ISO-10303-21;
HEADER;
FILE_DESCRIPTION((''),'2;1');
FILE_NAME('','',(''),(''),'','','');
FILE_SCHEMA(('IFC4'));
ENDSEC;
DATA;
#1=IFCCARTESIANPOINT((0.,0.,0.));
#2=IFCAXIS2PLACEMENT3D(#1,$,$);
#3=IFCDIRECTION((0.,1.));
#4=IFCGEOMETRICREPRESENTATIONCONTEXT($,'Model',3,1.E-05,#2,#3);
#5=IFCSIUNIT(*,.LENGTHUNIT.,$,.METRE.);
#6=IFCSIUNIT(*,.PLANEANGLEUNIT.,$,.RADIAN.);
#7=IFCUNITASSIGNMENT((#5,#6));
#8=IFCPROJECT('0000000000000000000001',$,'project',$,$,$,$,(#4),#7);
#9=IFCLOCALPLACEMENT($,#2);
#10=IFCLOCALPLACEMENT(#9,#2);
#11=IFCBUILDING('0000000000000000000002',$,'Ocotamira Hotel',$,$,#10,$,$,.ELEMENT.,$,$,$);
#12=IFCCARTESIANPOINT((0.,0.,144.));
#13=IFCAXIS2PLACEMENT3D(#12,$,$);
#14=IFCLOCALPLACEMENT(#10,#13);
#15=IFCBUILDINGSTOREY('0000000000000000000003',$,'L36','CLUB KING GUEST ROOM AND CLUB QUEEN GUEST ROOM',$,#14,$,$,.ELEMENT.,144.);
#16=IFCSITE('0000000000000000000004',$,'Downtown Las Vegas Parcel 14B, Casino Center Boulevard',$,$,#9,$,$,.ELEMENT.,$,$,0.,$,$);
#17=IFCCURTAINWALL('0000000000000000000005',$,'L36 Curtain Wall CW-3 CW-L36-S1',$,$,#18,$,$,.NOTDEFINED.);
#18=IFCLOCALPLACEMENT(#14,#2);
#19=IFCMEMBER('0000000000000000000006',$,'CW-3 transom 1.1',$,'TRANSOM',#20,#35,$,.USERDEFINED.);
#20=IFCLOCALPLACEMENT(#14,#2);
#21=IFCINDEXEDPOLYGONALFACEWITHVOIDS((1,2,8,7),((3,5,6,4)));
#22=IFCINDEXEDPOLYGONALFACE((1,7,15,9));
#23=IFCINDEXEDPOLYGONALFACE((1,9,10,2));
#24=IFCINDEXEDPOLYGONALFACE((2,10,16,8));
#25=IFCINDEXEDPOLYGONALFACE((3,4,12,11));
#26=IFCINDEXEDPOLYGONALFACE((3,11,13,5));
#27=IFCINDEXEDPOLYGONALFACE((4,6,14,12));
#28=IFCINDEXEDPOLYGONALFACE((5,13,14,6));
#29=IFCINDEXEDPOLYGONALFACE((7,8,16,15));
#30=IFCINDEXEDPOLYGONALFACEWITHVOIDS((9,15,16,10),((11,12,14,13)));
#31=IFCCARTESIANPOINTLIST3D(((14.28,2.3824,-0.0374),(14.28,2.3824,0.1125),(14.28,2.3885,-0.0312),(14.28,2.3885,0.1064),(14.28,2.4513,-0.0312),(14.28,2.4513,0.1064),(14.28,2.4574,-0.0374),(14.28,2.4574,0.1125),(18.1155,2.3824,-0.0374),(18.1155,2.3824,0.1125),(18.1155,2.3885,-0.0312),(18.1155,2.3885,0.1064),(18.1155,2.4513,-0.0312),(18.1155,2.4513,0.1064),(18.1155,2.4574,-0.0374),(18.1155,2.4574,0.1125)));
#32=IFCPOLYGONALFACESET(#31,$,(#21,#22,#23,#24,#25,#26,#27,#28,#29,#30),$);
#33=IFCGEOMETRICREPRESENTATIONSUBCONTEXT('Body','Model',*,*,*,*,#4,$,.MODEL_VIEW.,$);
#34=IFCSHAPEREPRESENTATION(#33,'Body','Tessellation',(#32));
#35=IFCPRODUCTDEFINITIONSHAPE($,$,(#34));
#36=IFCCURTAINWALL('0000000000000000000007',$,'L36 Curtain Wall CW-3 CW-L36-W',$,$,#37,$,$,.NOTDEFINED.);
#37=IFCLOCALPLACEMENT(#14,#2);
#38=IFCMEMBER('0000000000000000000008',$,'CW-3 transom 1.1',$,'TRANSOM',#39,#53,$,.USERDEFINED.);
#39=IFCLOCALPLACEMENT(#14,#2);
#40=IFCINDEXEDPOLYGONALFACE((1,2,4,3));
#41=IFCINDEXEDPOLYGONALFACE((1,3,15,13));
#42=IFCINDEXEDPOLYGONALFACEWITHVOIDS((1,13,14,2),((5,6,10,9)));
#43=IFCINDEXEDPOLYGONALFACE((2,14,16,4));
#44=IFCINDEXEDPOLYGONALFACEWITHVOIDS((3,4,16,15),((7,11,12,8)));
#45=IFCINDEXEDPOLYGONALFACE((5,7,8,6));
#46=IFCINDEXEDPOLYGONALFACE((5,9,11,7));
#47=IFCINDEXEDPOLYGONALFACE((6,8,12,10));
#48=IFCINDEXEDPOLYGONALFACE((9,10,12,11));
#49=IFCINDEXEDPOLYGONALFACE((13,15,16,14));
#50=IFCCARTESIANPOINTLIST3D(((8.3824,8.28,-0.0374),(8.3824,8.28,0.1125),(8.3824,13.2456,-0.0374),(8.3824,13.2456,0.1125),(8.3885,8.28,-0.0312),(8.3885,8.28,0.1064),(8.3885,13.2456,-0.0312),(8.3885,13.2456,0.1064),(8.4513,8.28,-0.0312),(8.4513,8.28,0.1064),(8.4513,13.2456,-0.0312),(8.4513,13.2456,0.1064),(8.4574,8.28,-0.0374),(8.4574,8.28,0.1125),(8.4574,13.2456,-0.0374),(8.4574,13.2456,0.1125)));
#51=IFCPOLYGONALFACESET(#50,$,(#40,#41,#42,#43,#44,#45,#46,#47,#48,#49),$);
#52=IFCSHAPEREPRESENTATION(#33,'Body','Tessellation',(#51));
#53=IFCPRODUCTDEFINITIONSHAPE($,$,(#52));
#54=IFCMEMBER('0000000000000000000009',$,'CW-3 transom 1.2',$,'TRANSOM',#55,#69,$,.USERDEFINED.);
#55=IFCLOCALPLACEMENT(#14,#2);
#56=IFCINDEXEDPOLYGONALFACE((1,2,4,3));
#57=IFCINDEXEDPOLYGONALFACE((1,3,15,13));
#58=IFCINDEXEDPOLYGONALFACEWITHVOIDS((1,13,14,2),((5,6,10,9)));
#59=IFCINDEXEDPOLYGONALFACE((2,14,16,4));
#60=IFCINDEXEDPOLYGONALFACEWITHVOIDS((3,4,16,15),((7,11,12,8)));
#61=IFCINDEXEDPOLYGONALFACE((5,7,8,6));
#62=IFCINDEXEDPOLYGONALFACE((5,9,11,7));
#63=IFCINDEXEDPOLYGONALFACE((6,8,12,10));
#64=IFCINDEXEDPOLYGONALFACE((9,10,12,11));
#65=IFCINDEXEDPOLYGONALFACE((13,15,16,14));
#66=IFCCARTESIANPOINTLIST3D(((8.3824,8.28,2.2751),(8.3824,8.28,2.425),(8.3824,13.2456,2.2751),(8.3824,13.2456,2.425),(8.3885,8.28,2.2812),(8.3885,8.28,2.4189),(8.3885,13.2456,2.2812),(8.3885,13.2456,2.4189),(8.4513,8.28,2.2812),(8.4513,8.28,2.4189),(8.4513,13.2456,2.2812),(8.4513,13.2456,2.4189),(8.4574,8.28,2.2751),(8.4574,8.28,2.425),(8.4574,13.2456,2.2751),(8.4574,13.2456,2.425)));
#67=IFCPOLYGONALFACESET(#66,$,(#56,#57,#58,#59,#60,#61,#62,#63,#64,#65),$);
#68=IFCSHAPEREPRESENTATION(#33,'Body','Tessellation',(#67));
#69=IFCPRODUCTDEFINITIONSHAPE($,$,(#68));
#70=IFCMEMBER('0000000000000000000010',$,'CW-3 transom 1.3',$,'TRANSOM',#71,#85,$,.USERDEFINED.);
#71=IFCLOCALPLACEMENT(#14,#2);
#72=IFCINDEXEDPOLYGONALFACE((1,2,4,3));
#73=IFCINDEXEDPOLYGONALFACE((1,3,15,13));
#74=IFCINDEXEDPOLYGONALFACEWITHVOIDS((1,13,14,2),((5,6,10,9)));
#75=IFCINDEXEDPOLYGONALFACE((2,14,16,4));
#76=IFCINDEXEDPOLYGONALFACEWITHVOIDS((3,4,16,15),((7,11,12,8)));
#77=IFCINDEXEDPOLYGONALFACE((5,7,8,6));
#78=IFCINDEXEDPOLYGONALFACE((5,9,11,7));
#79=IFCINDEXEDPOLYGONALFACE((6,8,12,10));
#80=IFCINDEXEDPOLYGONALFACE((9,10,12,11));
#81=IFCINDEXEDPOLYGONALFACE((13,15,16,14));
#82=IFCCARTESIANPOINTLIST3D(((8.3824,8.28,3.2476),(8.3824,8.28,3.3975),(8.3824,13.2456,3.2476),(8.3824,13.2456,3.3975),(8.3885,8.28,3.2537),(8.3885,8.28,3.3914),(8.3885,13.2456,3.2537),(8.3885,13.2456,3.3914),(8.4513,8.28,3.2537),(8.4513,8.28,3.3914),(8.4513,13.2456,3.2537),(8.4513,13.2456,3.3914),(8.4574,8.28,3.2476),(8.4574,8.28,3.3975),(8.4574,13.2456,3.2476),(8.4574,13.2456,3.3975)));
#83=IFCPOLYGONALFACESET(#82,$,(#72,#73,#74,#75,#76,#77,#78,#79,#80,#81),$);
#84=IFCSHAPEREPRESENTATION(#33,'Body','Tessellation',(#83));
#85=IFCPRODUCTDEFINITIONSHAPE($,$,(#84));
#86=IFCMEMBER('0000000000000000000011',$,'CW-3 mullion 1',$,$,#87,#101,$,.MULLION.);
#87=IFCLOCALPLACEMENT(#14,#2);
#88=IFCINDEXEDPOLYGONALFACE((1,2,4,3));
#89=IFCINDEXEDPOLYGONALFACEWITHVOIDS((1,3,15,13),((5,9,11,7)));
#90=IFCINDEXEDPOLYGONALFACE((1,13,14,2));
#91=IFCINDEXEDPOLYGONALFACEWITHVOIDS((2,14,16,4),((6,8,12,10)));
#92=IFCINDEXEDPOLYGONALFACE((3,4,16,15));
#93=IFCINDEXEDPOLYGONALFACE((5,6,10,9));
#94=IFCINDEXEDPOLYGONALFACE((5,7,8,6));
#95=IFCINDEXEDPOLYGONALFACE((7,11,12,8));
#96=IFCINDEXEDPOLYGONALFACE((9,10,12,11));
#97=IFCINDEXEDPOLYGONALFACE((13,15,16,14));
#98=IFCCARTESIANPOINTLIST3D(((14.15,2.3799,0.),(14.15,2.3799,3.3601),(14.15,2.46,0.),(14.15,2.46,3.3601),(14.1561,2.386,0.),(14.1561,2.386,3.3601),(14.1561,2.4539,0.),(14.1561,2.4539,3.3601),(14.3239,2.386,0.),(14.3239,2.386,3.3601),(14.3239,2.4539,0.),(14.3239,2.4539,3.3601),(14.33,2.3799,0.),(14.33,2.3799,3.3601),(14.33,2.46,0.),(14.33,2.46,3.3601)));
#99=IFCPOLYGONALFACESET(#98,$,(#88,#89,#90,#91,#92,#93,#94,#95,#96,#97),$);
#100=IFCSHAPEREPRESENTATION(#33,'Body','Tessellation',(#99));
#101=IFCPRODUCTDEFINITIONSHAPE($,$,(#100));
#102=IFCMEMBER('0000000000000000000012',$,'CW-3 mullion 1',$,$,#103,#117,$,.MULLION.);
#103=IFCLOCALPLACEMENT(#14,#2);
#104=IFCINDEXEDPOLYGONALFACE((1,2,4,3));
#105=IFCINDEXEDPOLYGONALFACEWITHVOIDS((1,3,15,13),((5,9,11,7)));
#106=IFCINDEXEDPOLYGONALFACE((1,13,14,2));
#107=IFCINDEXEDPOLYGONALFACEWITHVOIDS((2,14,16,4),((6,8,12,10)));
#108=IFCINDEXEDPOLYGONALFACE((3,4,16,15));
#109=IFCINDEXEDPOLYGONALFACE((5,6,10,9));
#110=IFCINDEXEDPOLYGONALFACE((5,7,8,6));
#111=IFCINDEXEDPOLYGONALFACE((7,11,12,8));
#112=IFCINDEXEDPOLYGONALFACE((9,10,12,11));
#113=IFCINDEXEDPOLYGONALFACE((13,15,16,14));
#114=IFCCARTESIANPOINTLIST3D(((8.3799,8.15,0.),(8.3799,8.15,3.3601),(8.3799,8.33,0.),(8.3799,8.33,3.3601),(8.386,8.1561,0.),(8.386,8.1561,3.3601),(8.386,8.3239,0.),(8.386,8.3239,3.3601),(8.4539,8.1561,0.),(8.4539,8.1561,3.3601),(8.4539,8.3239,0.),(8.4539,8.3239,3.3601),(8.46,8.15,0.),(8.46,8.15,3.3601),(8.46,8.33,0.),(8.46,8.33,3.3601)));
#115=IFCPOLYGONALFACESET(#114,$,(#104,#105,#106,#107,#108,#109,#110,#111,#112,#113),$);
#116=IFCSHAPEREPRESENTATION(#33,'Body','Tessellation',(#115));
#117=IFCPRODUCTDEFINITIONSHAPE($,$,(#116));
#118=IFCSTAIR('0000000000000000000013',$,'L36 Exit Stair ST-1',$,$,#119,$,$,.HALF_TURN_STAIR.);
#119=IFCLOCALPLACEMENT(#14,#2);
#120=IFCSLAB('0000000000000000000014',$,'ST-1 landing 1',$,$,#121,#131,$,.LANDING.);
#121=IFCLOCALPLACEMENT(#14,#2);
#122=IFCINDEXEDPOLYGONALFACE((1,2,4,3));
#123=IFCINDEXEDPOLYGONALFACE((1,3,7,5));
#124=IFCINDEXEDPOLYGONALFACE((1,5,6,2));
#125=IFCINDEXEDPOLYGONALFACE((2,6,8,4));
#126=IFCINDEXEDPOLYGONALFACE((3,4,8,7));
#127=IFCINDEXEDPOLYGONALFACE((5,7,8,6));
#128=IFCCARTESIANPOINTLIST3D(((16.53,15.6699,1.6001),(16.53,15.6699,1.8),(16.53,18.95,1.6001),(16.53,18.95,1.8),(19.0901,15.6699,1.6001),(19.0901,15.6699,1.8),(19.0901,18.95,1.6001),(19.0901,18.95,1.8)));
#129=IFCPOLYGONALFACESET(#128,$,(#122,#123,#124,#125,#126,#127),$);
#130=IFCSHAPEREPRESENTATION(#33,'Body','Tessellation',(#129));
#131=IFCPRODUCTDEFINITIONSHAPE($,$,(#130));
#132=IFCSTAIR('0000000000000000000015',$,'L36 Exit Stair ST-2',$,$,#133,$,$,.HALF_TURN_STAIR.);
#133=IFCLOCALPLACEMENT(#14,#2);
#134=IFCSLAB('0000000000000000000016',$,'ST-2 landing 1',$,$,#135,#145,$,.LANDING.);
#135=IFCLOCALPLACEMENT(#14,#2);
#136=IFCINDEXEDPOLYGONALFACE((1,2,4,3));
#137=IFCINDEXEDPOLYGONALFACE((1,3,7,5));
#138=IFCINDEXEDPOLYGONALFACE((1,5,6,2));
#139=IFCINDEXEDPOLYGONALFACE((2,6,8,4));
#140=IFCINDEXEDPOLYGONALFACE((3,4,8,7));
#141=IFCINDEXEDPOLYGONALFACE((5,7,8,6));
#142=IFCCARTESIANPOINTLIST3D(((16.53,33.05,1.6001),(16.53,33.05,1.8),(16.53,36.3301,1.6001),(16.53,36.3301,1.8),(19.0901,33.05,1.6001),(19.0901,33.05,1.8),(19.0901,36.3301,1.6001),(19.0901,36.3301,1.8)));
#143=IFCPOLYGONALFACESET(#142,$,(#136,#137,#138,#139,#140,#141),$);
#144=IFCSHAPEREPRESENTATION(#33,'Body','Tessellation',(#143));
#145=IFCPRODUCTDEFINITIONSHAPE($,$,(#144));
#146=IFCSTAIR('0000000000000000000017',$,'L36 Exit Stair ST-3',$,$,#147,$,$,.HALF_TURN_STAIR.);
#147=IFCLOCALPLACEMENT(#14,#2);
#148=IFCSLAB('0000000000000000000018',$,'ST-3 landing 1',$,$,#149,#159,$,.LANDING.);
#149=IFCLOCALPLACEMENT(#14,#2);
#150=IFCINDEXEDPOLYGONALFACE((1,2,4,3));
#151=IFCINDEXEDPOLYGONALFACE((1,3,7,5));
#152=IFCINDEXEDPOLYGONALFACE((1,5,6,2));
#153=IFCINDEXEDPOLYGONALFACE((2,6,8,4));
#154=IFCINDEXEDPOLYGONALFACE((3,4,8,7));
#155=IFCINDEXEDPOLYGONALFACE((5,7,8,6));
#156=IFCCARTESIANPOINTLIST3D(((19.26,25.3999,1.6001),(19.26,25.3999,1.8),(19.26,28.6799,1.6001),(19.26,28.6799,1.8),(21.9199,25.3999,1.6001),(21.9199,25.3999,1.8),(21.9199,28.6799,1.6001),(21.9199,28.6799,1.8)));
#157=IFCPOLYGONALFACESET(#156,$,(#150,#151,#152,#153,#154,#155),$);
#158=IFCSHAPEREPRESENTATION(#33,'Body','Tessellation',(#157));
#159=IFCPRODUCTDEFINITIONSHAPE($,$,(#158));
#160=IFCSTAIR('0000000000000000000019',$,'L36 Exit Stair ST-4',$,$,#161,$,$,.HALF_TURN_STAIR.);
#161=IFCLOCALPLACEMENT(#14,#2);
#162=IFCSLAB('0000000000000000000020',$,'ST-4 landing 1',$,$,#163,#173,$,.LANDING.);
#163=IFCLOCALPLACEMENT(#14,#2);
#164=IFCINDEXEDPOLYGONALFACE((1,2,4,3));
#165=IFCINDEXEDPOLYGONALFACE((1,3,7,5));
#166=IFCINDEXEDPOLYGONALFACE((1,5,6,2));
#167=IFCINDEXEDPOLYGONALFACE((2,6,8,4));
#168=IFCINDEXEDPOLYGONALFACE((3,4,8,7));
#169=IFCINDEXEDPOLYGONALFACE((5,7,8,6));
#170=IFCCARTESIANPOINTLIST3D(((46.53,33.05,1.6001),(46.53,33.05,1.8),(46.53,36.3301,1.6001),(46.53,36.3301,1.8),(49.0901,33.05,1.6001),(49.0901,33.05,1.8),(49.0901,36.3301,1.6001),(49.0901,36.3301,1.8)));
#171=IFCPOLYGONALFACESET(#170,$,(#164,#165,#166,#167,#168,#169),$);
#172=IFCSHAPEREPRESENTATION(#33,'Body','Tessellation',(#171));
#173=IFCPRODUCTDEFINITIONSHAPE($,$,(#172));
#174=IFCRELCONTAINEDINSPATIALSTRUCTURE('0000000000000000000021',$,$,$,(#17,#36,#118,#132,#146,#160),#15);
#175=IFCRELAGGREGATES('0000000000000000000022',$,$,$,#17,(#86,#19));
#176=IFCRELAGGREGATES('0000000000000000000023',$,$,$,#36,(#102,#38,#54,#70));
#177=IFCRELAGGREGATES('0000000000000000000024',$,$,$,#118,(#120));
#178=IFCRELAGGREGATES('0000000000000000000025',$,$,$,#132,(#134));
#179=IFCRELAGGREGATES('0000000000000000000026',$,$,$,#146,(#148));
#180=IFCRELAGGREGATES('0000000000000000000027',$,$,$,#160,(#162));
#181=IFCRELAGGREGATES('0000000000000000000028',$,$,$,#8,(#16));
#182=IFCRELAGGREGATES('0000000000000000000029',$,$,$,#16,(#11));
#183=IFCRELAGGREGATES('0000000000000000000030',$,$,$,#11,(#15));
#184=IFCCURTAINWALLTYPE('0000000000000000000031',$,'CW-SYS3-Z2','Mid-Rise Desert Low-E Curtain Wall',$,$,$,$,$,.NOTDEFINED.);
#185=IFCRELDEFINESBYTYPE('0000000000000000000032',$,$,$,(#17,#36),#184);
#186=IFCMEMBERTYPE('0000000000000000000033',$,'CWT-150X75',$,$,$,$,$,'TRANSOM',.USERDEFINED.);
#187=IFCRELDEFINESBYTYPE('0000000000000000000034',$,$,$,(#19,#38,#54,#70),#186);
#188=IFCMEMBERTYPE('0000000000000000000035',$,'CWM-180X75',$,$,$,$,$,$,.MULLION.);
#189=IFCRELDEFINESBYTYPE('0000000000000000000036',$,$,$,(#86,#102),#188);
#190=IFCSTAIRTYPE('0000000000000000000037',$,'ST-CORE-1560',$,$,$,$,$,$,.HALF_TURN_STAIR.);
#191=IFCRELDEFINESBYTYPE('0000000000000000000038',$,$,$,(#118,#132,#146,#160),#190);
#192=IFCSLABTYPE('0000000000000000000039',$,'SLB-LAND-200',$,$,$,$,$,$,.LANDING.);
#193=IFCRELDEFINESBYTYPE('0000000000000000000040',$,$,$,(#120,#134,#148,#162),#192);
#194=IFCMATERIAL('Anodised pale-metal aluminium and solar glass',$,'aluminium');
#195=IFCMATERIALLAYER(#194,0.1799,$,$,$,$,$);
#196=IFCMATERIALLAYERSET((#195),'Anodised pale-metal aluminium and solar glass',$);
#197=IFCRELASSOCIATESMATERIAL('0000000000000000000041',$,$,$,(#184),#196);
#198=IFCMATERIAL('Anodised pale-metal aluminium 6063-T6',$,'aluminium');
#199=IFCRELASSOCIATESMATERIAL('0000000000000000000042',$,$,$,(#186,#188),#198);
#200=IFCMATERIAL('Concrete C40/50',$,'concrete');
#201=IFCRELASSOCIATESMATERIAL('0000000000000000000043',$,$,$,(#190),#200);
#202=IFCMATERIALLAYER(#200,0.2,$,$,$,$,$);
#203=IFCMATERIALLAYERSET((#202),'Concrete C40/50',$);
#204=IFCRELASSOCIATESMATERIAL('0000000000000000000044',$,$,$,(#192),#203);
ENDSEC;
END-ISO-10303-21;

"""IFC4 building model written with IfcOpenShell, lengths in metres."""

from ifc_helpers import new_model, si_unit, direction, frame, origin, origin_2d, place, context, subcontext, project, spatial, polyline, hollow_rectangle, outline, extrude, source, transform, mapped, material, layer, layer_set, material_profile, profile_set, type_object, element, aggregate, save


model = new_model("IFC4")

# Units and contexts
model_context = context("Model", 3, precision=1e-05, world=origin(), true_north=direction((0.0, 1.0)))
body_context = subcontext(model_context, "Body", "Model", "MODEL_VIEW")
ifc_project = project(units=[si_unit("LENGTHUNIT", "METRE"), si_unit("PLANEANGLEUNIT", "RADIAN")], contexts=[model_context])

# Site, building, storey
site_placement = place(None, origin())
site = spatial("IfcSite", under=ifc_project, at=site_placement, Name="Downtown Las Vegas Parcel 14B, Casino Center Boulevard", CompositionType="ELEMENT", RefElevation=0.0)
building_placement = place(site_placement, origin())
building = spatial("IfcBuilding", under=site, at=building_placement, Name="Ocotamira Hotel", CompositionType="ELEMENT")
storey_placement = place(building_placement, frame((0.0, 0.0, 144.0)))
storey = spatial("IfcBuildingStorey", under=building, at=storey_placement, Name="L36", Description="CLUB KING GUEST ROOM AND CLUB QUEEN GUEST ROOM", CompositionType="ELEMENT", Elevation=144.0)

# Curtain wall, member
ifc_material_1 = material(Name="Anodised pale-metal aluminium and solar glass", Category="aluminium")
ifc_layer_1 = layer(ifc_material_1, 0.1799)
ifc_layer_set_1 = layer_set([ifc_layer_1], Name="Anodised pale-metal aluminium and solar glass")
curtain_wall_type = type_object("IfcCurtainWallType", Name="CW-SYS3-Z2", Description="Mid-Rise Desert Low-E Curtain Wall", PredefinedType="NOTDEFINED", material=ifc_layer_set_1)
curtain_wall_1_placement = place(storey_placement, origin())
curtain_wall_1 = element("IfcCurtainWall", 1, at=curtain_wall_1_placement, inside=storey, type_object=curtain_wall_type, Name="L36 Curtain Wall CW-3 CW-L36-S1", PredefinedType="NOTDEFINED")
ifc_material_2 = material(Name="Anodised pale-metal aluminium 6063-T6", Category="aluminium")
ifc_material_profile_1 = material_profile(ifc_material_2, hollow_rectangle(XDim=0.075, YDim=0.1499, WallThickness=0.0061, at=origin_2d()), Name="HSS150X75X6")
ifc_profile_set_1 = profile_set([ifc_material_profile_1], Name="Anodised pale-metal aluminium 6063-T6")
member_type_1 = type_object("IfcMemberType", Name="CWT-150X75", ElementType="TRANSOM", PredefinedType="USERDEFINED", material=ifc_profile_set_1)
shared_shape_1 = source(origin(), body_context, "Body", "SweptSolid", [
    extrude(hollow_rectangle(XDim=0.075, YDim=0.1499, WallThickness=0.0061, at=origin_2d()), origin(), (0.0, 0.0, 1.0), 3.8354),
])
member_1_placement = place(storey_placement, frame((14.28, 2.4199, 0.0376), z_axis=(1.0, 0.0, 0.0), x_axis=(0.0, 1.0, 0.0)))
member_1 = element("IfcMember", 2, at=member_1_placement, type_object=member_type_1, Name="CW-3 transom 1.1", ObjectType="TRANSOM", PredefinedType="USERDEFINED", context=body_context, shape_type="MappedRepresentation", body=[
    mapped(shared_shape_1, transform((0.0, 0.0, 0.0), scale=1.0)),
])

# Curtain wall, members
curtain_wall_2_placement = place(storey_placement, origin())
curtain_wall_2 = element("IfcCurtainWall", 3, at=curtain_wall_2_placement, inside=storey, type_object=curtain_wall_type, Name="L36 Curtain Wall CW-3 CW-L36-W", PredefinedType="NOTDEFINED")
shared_shape_2 = source(origin(), body_context, "Body", "SweptSolid", [
    extrude(hollow_rectangle(XDim=0.075, YDim=0.1499, WallThickness=0.0061, at=origin_2d()), origin(), (0.0, 0.0, 1.0), 4.9656),
])
member_2_placement = place(storey_placement, frame((8.4199, 8.28, 0.0376), z_axis=(0.0, 1.0, 0.0), x_axis=(-1.0, 0.0, 0.0)))
member_2 = element("IfcMember", 4, at=member_2_placement, type_object=member_type_1, Name="CW-3 transom 1.1", ObjectType="TRANSOM", PredefinedType="USERDEFINED", context=body_context, shape_type="MappedRepresentation", body=[
    mapped(shared_shape_2, transform((0.0, 0.0, 0.0), scale=1.0)),
])
member_3_placement = place(storey_placement, frame((8.4199, 8.28, 2.3501), z_axis=(0.0, 1.0, 0.0), x_axis=(-1.0, 0.0, 0.0)))
member_3 = element("IfcMember", 5, at=member_3_placement, type_object=member_type_1, Name="CW-3 transom 1.2", ObjectType="TRANSOM", PredefinedType="USERDEFINED", context=body_context, shape_type="MappedRepresentation", body=[
    mapped(shared_shape_2, transform((0.0, 0.0, 0.0), scale=1.0)),
])
member_4_placement = place(storey_placement, frame((8.4199, 8.28, 3.3225), z_axis=(0.0, 1.0, 0.0), x_axis=(-1.0, 0.0, 0.0)))
member_4 = element("IfcMember", 6, at=member_4_placement, type_object=member_type_1, Name="CW-3 transom 1.3", ObjectType="TRANSOM", PredefinedType="USERDEFINED", context=body_context, shape_type="MappedRepresentation", body=[
    mapped(shared_shape_2, transform((0.0, 0.0, 0.0), scale=1.0)),
])

# Members
ifc_material_profile_2 = material_profile(ifc_material_2, hollow_rectangle(XDim=0.0801, YDim=0.1799, WallThickness=0.0061, at=origin_2d()), Name="HSS180X80X6")
ifc_profile_set_2 = profile_set([ifc_material_profile_2], Name="Anodised pale-metal aluminium 6063-T6")
member_type_2 = type_object("IfcMemberType", Name="CWM-180X75", PredefinedType="MULLION", material=ifc_profile_set_2)
shared_shape_3 = source(origin(), body_context, "Body", "SweptSolid", [
    extrude(hollow_rectangle(XDim=0.0801, YDim=0.1799, WallThickness=0.0061, at=origin_2d()), origin(), (0.0, 0.0, 1.0), 3.3601),
])
member_5_placement = place(storey_placement, frame((14.24, 2.4199, 0.0), z_axis=(0.0, 0.0, 1.0), x_axis=(0.0, 1.0, 0.0)))
member_5 = element("IfcMember", 7, at=member_5_placement, type_object=member_type_2, Name="CW-3 mullion 1", PredefinedType="MULLION", context=body_context, shape_type="MappedRepresentation", body=[
    mapped(shared_shape_3, transform((0.0, 0.0, 0.0), scale=1.0)),
])
aggregate(curtain_wall_1, [member_5, member_1])
member_6_placement = place(storey_placement, frame((8.4199, 8.24, 0.0), z_axis=(0.0, 0.0, 1.0), x_axis=(-1.0, 0.0, 0.0)))
member_6 = element("IfcMember", 8, at=member_6_placement, type_object=member_type_2, Name="CW-3 mullion 1", PredefinedType="MULLION", context=body_context, shape_type="MappedRepresentation", body=[
    mapped(shared_shape_3, transform((0.0, 0.0, 0.0), scale=1.0)),
])
aggregate(curtain_wall_2, [member_6, member_2, member_3, member_4])

# Stairs, slabs
ifc_material_3 = material(Name="Concrete C40/50", Category="concrete")
stair_type = type_object("IfcStairType", Name="ST-CORE-1560", PredefinedType="HALF_TURN_STAIR", material=ifc_material_3)
stair_1_placement = place(storey_placement, origin())
stair_1 = element("IfcStair", 9, at=stair_1_placement, inside=storey, type_object=stair_type, Name="L36 Exit Stair ST-1", PredefinedType="HALF_TURN_STAIR")
ifc_layer_2 = layer(ifc_material_3, 0.2)
ifc_layer_set_2 = layer_set([ifc_layer_2], Name="Concrete C40/50")
slab_type_1 = type_object("IfcSlabType", Name="SLB-LAND-200", PredefinedType="LANDING", material=ifc_layer_set_2)
slab_1_placement = place(storey_placement, frame((0.0, 0.0, 1.6001)))
slab_1 = element("IfcSlab", 10, at=slab_1_placement, type_object=slab_type_1, Name="ST-1 landing 1", PredefinedType="LANDING", context=body_context, shape_type="SweptSolid", body=[
    extrude(outline(polyline([(16.53, 15.6699), (19.0901, 15.6699), (19.0901, 18.95), (16.53, 18.95), (16.53, 15.6699)])), origin(), (0.0, 0.0, 1.0), 0.2),
])
aggregate(stair_1, [slab_1])
stair_2_placement = place(storey_placement, origin())
stair_2 = element("IfcStair", 11, at=stair_2_placement, inside=storey, type_object=stair_type, Name="L36 Exit Stair ST-2", PredefinedType="HALF_TURN_STAIR")
slab_2_placement = place(storey_placement, frame((0.0, 0.0, 1.6001)))
slab_2 = element("IfcSlab", 12, at=slab_2_placement, type_object=slab_type_1, Name="ST-2 landing 1", PredefinedType="LANDING", context=body_context, shape_type="SweptSolid", body=[
    extrude(outline(polyline([(16.53, 33.05), (19.0901, 33.05), (19.0901, 36.3301), (16.53, 36.3301), (16.53, 33.05)])), origin(), (0.0, 0.0, 1.0), 0.2),
])
aggregate(stair_2, [slab_2])
stair_3_placement = place(storey_placement, origin())
stair_3 = element("IfcStair", 13, at=stair_3_placement, inside=storey, type_object=stair_type, Name="L36 Exit Stair ST-3", PredefinedType="HALF_TURN_STAIR")
slab_3_placement = place(storey_placement, frame((0.0, 0.0, 1.6001)))
slab_3 = element("IfcSlab", 14, at=slab_3_placement, type_object=slab_type_1, Name="ST-3 landing 1", PredefinedType="LANDING", context=body_context, shape_type="SweptSolid", body=[
    extrude(outline(polyline([(19.26, 25.3999), (21.9199, 25.3999), (21.9199, 28.6799), (19.26, 28.6799), (19.26, 25.3999)])), origin(), (0.0, 0.0, 1.0), 0.2),
])
aggregate(stair_3, [slab_3])
stair_4_placement = place(storey_placement, origin())
stair_4 = element("IfcStair", 15, at=stair_4_placement, inside=storey, type_object=stair_type, Name="L36 Exit Stair ST-4", PredefinedType="HALF_TURN_STAIR")
slab_4_placement = place(storey_placement, frame((0.0, 0.0, 1.6001)))
slab_4 = element("IfcSlab", 16, at=slab_4_placement, type_object=slab_type_1, Name="ST-4 landing 1", PredefinedType="LANDING", context=body_context, shape_type="SweptSolid", body=[
    extrude(outline(polyline([(46.53, 33.05), (49.0901, 33.05), (49.0901, 36.3301), (46.53, 36.3301), (46.53, 33.05)])), origin(), (0.0, 0.0, 1.0), 0.2),
])
aggregate(stair_4, [slab_4])

save(model, "model.ifc")
